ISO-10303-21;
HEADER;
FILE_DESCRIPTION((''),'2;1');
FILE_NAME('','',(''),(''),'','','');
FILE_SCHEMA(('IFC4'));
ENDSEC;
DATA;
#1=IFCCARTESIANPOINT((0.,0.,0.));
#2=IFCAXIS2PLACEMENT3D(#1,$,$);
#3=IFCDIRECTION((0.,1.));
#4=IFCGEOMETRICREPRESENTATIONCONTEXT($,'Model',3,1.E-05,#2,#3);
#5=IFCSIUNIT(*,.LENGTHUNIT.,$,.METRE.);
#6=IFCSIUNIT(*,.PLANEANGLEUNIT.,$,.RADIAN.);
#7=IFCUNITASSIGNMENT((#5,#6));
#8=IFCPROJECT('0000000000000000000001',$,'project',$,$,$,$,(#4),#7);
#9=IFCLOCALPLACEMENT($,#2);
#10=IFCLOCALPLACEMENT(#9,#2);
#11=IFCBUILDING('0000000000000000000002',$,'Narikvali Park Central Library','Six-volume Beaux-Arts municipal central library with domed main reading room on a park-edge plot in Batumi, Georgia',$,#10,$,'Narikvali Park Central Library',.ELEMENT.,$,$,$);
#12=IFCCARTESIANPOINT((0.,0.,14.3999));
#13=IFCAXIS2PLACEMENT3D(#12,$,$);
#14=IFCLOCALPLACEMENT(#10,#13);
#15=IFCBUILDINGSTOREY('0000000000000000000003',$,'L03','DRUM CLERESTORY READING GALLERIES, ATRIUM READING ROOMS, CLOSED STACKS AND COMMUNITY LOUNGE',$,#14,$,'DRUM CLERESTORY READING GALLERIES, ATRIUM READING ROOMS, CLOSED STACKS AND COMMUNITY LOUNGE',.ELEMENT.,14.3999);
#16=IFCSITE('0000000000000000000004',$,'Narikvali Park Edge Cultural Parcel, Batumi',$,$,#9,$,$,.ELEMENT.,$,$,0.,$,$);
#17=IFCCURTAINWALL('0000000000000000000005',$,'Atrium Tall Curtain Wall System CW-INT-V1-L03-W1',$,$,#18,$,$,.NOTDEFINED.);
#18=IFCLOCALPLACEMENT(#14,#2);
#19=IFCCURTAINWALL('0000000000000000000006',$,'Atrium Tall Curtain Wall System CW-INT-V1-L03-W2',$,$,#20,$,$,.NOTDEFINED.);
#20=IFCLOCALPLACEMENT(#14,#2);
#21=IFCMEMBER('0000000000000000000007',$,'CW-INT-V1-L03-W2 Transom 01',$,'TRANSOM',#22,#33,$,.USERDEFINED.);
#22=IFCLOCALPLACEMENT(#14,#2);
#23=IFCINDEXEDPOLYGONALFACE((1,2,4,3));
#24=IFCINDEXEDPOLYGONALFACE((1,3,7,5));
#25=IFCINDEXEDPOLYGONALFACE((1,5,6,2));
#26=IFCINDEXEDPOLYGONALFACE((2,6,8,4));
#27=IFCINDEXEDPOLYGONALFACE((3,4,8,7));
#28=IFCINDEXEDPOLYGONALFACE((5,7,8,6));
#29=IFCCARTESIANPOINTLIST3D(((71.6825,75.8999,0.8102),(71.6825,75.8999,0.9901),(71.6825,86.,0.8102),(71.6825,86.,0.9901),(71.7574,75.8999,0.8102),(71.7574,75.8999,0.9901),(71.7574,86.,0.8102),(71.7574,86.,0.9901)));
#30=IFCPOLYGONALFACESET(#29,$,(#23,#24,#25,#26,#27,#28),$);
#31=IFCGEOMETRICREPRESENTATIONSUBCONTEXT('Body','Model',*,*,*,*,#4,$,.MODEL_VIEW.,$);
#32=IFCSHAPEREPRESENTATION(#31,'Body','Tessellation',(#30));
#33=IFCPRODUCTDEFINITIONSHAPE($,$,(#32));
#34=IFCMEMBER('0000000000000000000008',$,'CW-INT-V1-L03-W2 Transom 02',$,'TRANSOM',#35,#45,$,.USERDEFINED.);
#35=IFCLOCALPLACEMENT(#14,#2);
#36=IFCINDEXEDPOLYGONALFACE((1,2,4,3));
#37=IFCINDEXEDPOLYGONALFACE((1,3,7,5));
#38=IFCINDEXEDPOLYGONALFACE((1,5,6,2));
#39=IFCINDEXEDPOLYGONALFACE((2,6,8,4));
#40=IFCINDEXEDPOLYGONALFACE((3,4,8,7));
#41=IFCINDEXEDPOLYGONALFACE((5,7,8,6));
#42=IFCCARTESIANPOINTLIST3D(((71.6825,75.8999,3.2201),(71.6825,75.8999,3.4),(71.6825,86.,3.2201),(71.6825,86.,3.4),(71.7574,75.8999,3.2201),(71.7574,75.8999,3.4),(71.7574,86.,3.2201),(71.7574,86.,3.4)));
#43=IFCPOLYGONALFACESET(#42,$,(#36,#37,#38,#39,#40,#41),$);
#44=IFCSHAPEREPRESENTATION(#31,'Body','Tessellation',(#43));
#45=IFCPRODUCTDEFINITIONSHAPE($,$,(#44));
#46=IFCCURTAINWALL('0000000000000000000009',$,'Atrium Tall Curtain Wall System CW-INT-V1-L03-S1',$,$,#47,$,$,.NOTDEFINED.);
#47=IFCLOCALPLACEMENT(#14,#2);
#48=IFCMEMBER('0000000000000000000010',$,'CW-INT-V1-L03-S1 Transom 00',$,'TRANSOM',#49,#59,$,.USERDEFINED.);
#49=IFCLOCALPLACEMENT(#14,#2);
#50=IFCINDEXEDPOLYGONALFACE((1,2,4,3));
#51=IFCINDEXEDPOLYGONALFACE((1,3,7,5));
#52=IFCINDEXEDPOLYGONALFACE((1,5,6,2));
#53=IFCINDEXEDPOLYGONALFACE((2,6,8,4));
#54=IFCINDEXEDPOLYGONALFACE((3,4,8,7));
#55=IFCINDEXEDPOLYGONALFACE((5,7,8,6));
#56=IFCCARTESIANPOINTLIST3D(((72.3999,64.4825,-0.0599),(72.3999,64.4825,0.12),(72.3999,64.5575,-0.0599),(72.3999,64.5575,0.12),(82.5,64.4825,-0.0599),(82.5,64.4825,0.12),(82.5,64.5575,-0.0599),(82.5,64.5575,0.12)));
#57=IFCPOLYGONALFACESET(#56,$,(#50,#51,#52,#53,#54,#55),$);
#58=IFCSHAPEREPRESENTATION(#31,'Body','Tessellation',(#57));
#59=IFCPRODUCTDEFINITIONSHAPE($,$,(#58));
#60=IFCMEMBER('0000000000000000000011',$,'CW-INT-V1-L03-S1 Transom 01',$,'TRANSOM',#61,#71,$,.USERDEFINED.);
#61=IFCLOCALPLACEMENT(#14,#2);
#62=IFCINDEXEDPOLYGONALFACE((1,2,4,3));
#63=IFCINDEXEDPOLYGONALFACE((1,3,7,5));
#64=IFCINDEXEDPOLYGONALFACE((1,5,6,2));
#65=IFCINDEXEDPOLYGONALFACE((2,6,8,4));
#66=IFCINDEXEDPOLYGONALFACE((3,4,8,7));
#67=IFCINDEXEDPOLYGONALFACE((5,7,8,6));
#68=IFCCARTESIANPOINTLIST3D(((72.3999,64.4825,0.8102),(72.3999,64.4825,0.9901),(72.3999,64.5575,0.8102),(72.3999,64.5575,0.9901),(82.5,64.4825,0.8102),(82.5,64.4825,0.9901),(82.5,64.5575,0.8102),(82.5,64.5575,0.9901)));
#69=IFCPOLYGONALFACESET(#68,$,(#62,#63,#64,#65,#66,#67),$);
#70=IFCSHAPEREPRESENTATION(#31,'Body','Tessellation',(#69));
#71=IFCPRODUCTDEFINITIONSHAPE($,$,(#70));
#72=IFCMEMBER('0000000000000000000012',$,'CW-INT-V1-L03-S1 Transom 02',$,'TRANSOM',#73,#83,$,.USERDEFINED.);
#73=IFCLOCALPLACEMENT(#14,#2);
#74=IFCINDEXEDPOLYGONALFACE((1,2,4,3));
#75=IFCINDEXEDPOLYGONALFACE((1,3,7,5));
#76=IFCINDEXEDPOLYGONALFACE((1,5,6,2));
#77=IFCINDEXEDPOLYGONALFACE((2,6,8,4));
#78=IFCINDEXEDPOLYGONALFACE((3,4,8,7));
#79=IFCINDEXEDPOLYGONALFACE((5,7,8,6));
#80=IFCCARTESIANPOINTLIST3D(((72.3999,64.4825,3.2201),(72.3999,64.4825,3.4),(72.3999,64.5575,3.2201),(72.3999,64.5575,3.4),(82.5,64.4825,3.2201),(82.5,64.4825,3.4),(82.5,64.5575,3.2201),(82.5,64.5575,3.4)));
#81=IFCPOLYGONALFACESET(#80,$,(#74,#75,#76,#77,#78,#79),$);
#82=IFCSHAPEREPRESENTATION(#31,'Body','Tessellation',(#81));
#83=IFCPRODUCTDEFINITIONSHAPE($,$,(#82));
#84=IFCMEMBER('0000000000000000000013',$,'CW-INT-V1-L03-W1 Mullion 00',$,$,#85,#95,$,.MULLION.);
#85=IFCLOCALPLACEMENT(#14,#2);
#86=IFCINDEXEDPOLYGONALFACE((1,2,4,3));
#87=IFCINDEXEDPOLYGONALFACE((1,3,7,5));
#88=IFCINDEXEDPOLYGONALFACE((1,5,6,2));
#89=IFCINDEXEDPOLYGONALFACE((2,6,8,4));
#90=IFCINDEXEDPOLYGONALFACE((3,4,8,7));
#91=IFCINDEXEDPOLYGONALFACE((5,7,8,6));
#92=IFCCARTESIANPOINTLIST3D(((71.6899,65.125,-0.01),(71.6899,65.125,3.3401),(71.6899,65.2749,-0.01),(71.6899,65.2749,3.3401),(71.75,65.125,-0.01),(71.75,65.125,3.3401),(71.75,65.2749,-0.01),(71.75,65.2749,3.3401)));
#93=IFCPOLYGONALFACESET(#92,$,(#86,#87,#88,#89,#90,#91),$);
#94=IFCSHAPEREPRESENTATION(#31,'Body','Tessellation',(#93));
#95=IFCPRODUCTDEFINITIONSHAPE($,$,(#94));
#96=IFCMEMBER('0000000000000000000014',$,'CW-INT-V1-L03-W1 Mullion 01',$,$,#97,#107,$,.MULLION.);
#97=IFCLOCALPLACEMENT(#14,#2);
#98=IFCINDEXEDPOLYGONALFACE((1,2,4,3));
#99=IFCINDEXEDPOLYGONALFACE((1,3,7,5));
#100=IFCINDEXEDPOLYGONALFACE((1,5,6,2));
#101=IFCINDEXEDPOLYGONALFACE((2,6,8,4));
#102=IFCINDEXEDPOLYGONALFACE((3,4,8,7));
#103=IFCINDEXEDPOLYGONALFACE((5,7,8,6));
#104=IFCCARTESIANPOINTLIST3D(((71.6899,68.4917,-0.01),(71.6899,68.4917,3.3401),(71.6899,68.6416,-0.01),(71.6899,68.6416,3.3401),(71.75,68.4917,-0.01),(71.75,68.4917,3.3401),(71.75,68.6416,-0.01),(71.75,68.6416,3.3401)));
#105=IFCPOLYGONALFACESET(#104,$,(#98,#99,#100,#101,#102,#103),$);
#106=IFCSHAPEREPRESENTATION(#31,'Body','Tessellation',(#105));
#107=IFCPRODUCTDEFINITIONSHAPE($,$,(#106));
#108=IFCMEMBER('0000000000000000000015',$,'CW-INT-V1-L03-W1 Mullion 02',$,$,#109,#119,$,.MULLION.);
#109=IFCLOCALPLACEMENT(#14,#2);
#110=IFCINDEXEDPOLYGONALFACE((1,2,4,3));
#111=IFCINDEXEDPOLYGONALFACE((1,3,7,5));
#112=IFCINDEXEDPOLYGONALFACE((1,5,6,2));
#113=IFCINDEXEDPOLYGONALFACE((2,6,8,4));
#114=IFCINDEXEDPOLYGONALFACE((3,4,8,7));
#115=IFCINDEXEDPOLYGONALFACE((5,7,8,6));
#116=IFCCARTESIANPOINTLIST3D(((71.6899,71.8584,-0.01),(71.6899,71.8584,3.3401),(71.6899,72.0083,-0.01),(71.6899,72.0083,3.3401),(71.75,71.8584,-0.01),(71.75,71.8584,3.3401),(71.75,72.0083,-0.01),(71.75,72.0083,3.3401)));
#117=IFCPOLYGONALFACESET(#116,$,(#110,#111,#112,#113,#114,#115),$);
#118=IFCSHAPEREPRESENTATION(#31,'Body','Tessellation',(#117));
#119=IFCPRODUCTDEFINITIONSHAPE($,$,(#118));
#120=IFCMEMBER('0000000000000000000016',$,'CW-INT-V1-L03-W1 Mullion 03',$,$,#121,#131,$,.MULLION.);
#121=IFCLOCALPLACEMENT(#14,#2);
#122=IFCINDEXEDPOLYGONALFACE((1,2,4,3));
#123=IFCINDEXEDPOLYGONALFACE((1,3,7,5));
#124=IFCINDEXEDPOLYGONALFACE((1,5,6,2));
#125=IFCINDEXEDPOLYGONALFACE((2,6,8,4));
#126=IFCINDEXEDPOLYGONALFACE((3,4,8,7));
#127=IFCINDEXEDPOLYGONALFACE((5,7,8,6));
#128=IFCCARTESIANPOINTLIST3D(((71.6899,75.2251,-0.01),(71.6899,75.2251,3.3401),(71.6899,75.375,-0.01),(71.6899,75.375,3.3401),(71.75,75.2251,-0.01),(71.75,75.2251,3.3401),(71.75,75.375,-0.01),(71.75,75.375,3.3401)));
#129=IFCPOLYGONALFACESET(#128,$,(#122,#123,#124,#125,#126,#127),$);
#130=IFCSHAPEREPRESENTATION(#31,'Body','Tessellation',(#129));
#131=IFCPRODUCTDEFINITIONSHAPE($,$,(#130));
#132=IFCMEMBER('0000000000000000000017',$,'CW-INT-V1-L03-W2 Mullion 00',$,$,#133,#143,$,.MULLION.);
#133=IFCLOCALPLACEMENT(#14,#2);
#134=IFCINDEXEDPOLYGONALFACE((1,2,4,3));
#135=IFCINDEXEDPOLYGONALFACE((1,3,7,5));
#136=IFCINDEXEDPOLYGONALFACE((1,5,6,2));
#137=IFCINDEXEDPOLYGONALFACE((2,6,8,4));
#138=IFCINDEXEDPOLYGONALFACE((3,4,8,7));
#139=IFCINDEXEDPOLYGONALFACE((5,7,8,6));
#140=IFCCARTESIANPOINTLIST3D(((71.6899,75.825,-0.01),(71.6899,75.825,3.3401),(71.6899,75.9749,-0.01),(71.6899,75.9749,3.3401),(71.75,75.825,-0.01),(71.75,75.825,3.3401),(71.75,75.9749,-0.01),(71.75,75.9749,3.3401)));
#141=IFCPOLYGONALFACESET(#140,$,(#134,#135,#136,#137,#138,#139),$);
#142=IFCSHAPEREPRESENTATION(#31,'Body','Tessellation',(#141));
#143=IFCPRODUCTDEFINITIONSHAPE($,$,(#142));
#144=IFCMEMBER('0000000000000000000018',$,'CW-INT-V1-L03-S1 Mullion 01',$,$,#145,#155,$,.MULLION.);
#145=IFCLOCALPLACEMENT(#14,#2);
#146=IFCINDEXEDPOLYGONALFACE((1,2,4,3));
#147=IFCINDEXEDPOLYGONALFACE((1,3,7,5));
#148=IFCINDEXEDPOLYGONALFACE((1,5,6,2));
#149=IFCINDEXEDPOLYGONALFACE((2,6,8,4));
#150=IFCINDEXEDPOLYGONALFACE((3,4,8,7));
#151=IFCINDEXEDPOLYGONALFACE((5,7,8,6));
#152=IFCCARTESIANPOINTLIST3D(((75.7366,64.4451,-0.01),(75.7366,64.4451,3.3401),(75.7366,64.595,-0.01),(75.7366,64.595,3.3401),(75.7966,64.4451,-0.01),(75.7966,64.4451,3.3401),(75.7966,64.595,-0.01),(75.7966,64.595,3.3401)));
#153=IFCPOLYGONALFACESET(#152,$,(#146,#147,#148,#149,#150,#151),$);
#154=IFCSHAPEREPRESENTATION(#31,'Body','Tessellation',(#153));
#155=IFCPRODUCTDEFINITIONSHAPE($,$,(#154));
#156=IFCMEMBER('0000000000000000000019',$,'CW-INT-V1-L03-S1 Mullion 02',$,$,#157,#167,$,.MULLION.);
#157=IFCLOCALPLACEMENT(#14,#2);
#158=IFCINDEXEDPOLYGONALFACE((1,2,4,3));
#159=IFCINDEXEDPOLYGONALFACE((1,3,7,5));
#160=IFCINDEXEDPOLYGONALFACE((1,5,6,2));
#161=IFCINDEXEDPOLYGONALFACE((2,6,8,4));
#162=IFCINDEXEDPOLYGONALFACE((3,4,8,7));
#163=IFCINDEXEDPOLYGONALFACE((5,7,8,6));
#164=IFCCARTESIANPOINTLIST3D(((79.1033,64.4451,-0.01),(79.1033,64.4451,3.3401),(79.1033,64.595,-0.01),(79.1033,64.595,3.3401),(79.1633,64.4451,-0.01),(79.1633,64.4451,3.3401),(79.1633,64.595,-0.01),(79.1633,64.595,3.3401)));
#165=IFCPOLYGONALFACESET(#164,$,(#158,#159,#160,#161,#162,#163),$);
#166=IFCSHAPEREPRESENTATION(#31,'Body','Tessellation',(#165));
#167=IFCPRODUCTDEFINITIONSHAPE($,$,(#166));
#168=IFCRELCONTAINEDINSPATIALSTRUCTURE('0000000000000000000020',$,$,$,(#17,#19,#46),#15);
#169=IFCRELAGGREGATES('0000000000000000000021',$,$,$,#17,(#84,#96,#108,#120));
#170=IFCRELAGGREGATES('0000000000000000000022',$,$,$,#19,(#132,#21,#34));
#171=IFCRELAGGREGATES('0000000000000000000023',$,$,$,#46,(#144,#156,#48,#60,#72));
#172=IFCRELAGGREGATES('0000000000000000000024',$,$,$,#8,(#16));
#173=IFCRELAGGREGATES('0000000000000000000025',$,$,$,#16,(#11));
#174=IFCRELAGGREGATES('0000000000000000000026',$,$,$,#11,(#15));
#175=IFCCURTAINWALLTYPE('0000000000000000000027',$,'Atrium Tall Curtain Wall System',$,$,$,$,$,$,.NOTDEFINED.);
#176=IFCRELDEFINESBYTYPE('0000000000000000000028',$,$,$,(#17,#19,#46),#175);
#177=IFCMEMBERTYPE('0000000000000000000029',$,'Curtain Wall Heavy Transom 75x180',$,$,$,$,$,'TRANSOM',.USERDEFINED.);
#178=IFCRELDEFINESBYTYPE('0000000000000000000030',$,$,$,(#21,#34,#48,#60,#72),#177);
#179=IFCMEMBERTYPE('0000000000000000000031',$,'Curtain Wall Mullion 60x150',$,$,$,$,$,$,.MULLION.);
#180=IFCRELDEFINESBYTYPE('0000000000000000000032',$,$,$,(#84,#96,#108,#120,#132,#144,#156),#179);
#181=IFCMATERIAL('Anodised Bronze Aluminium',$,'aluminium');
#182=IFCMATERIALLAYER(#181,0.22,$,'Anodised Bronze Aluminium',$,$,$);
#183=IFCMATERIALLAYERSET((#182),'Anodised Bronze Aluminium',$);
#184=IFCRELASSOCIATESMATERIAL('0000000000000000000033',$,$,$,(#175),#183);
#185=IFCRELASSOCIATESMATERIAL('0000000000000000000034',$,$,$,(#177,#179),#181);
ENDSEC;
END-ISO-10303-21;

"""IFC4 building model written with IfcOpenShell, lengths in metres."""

from ifc_helpers import new_model, si_unit, direction, frame, origin, origin_2d, place, context, subcontext, project, spatial, rectangle, extrude, material, layer, layer_set, material_profile, profile_set, type_object, element, aggregate, save


model = new_model("IFC4")

# Units and contexts
model_context = context("Model", 3, precision=1e-05, world=origin(), true_north=direction((0.0, 1.0)))
body_context = subcontext(model_context, "Body", "Model", "MODEL_VIEW")
ifc_project = project(units=[si_unit("LENGTHUNIT", "METRE"), si_unit("PLANEANGLEUNIT", "RADIAN")], contexts=[model_context])

# Site, building, storey
site_placement = place(None, origin())
site = spatial("IfcSite", under=ifc_project, at=site_placement, Name="Narikvali Park Edge Cultural Parcel, Batumi", CompositionType="ELEMENT", RefElevation=0.0)
building_placement = place(site_placement, origin())
building = spatial("IfcBuilding", under=site, at=building_placement, Name="Narikvali Park Central Library", Description="Six-volume Beaux-Arts municipal central library with domed main reading room on a park-edge plot in Batumi, Georgia", LongName="Narikvali Park Central Library", CompositionType="ELEMENT")
storey_placement = place(building_placement, frame((0.0, 0.0, 14.3999)))
storey = spatial("IfcBuildingStorey", under=building, at=storey_placement, Name="L03", Description="DRUM CLERESTORY READING GALLERIES, ATRIUM READING ROOMS, CLOSED STACKS AND COMMUNITY LOUNGE", LongName="DRUM CLERESTORY READING GALLERIES, ATRIUM READING ROOMS, CLOSED STACKS AND COMMUNITY LOUNGE", CompositionType="ELEMENT", Elevation=14.3999)

# Curtain walls, members
ifc_material_1 = material(Name="Anodised Bronze Aluminium", Category="aluminium")
ifc_layer_1 = layer(ifc_material_1, 0.22, Name="Anodised Bronze Aluminium")
ifc_layer_set_1 = layer_set([ifc_layer_1], Name="Anodised Bronze Aluminium")
curtain_wall_type = type_object("IfcCurtainWallType", Name="Atrium Tall Curtain Wall System", PredefinedType="NOTDEFINED", material=ifc_layer_set_1)
curtain_wall_1_placement = place(storey_placement, origin())
curtain_wall_1 = element("IfcCurtainWall", 1, at=curtain_wall_1_placement, inside=storey, type_object=curtain_wall_type, Name="Atrium Tall Curtain Wall System CW-INT-V1-L03-W1", PredefinedType="NOTDEFINED")
ifc_material_profile_1 = material_profile(ifc_material_1, rectangle(XDim=0.075, YDim=0.1799, at=origin_2d()), Name="CW TRANSOM 75x180")
ifc_profile_set_1 = profile_set([ifc_material_profile_1], Name="Anodised Bronze Aluminium")
member_type_1 = type_object("IfcMemberType", Name="Curtain Wall Heavy Transom 75x180", ElementType="TRANSOM", PredefinedType="USERDEFINED", material=ifc_profile_set_1)
curtain_wall_2_placement = place(storey_placement, origin())
curtain_wall_2 = element("IfcCurtainWall", 2, at=curtain_wall_2_placement, inside=storey, type_object=curtain_wall_type, Name="Atrium Tall Curtain Wall System CW-INT-V1-L03-W2", PredefinedType="NOTDEFINED")
member_1_placement = place(storey_placement, frame((71.72, 75.8999, 0.9001), z_axis=(0.0, 1.0, 0.0), x_axis=(-1.0, 0.0, 0.0)))
member_1 = element("IfcMember", 3, at=member_1_placement, type_object=member_type_1, Name="CW-INT-V1-L03-W2 Transom 01", ObjectType="TRANSOM", PredefinedType="USERDEFINED", context=body_context, shape_type="SweptSolid", body=[
    extrude(rectangle(XDim=0.075, YDim=0.1799, at=origin_2d()), origin(), (0.0, 0.0, 1.0), 10.1001),
])
member_2_placement = place(storey_placement, frame((71.72, 75.8999, 3.3101), z_axis=(0.0, 1.0, 0.0), x_axis=(-1.0, 0.0, 0.0)))
member_2 = element("IfcMember", 4, at=member_2_placement, type_object=member_type_1, Name="CW-INT-V1-L03-W2 Transom 02", ObjectType="TRANSOM", PredefinedType="USERDEFINED", context=body_context, shape_type="SweptSolid", body=[
    extrude(rectangle(XDim=0.075, YDim=0.1799, at=origin_2d()), origin(), (0.0, 0.0, 1.0), 10.1001),
])
curtain_wall_3_placement = place(storey_placement, origin())
curtain_wall_3 = element("IfcCurtainWall", 5, at=curtain_wall_3_placement, inside=storey, type_object=curtain_wall_type, Name="Atrium Tall Curtain Wall System CW-INT-V1-L03-S1", PredefinedType="NOTDEFINED")
member_3_placement = place(storey_placement, frame((72.3999, 64.52, 0.03), z_axis=(1.0, 0.0, 0.0), x_axis=(0.0, 1.0, 0.0)))
member_3 = element("IfcMember", 6, at=member_3_placement, type_object=member_type_1, Name="CW-INT-V1-L03-S1 Transom 00", ObjectType="TRANSOM", PredefinedType="USERDEFINED", context=body_context, shape_type="SweptSolid", body=[
    extrude(rectangle(XDim=0.075, YDim=0.1799, at=origin_2d()), origin(), (0.0, 0.0, 1.0), 10.1001),
])
member_4_placement = place(storey_placement, frame((72.3999, 64.52, 0.9001), z_axis=(1.0, 0.0, 0.0), x_axis=(0.0, 1.0, 0.0)))
member_4 = element("IfcMember", 7, at=member_4_placement, type_object=member_type_1, Name="CW-INT-V1-L03-S1 Transom 01", ObjectType="TRANSOM", PredefinedType="USERDEFINED", context=body_context, shape_type="SweptSolid", body=[
    extrude(rectangle(XDim=0.075, YDim=0.1799, at=origin_2d()), origin(), (0.0, 0.0, 1.0), 10.1001),
])
member_5_placement = place(storey_placement, frame((72.3999, 64.52, 3.3101), z_axis=(1.0, 0.0, 0.0), x_axis=(0.0, 1.0, 0.0)))
member_5 = element("IfcMember", 8, at=member_5_placement, type_object=member_type_1, Name="CW-INT-V1-L03-S1 Transom 02", ObjectType="TRANSOM", PredefinedType="USERDEFINED", context=body_context, shape_type="SweptSolid", body=[
    extrude(rectangle(XDim=0.075, YDim=0.1799, at=origin_2d()), origin(), (0.0, 0.0, 1.0), 10.1001),
])

# Members
ifc_material_profile_2 = material_profile(ifc_material_1, rectangle(XDim=0.0601, YDim=0.1499, at=origin_2d()), Name="CW MULLION 60x150")
ifc_profile_set_2 = profile_set([ifc_material_profile_2], Name="Anodised Bronze Aluminium")
member_type_2 = type_object("IfcMemberType", Name="Curtain Wall Mullion 60x150", PredefinedType="MULLION", material=ifc_profile_set_2)
member_6_placement = place(storey_placement, frame((71.72, 65.2, -0.01), z_axis=(0.0, 0.0, 1.0), x_axis=(1.0, 0.0, 0.0)))
member_6 = element("IfcMember", 9, at=member_6_placement, type_object=member_type_2, Name="CW-INT-V1-L03-W1 Mullion 00", PredefinedType="MULLION", context=body_context, shape_type="SweptSolid", body=[
    extrude(rectangle(XDim=0.0601, YDim=0.1499, at=origin_2d()), origin(), (0.0, 0.0, 1.0), 3.3501),
])
member_7_placement = place(storey_placement, frame((71.72, 68.5667, -0.01), z_axis=(0.0, 0.0, 1.0), x_axis=(1.0, 0.0, 0.0)))
member_7 = element("IfcMember", 10, at=member_7_placement, type_object=member_type_2, Name="CW-INT-V1-L03-W1 Mullion 01", PredefinedType="MULLION", context=body_context, shape_type="SweptSolid", body=[
    extrude(rectangle(XDim=0.0601, YDim=0.1499, at=origin_2d()), origin(), (0.0, 0.0, 1.0), 3.3501),
])
member_8_placement = place(storey_placement, frame((71.72, 71.9333, -0.01), z_axis=(0.0, 0.0, 1.0), x_axis=(1.0, 0.0, 0.0)))
member_8 = element("IfcMember", 11, at=member_8_placement, type_object=member_type_2, Name="CW-INT-V1-L03-W1 Mullion 02", PredefinedType="MULLION", context=body_context, shape_type="SweptSolid", body=[
    extrude(rectangle(XDim=0.0601, YDim=0.1499, at=origin_2d()), origin(), (0.0, 0.0, 1.0), 3.3501),
])
member_9_placement = place(storey_placement, frame((71.72, 75.3, -0.01), z_axis=(0.0, 0.0, 1.0), x_axis=(1.0, 0.0, 0.0)))
member_9 = element("IfcMember", 12, at=member_9_placement, type_object=member_type_2, Name="CW-INT-V1-L03-W1 Mullion 03", PredefinedType="MULLION", context=body_context, shape_type="SweptSolid", body=[
    extrude(rectangle(XDim=0.0601, YDim=0.1499, at=origin_2d()), origin(), (0.0, 0.0, 1.0), 3.3501),
])
member_10_placement = place(storey_placement, frame((71.72, 75.8999, -0.01), z_axis=(0.0, 0.0, 1.0), x_axis=(1.0, 0.0, 0.0)))
member_10 = element("IfcMember", 13, at=member_10_placement, type_object=member_type_2, Name="CW-INT-V1-L03-W2 Mullion 00", PredefinedType="MULLION", context=body_context, shape_type="SweptSolid", body=[
    extrude(rectangle(XDim=0.0601, YDim=0.1499, at=origin_2d()), origin(), (0.0, 0.0, 1.0), 3.3501),
])
member_11_placement = place(storey_placement, frame((75.7666, 64.52, -0.01), z_axis=(0.0, 0.0, 1.0), x_axis=(1.0, 0.0, 0.0)))
member_11 = element("IfcMember", 14, at=member_11_placement, type_object=member_type_2, Name="CW-INT-V1-L03-S1 Mullion 01", PredefinedType="MULLION", context=body_context, shape_type="SweptSolid", body=[
    extrude(rectangle(XDim=0.0601, YDim=0.1499, at=origin_2d()), origin(), (0.0, 0.0, 1.0), 3.3501),
])
member_12_placement = place(storey_placement, frame((79.1333, 64.52, -0.01), z_axis=(0.0, 0.0, 1.0), x_axis=(1.0, 0.0, 0.0)))
member_12 = element("IfcMember", 15, at=member_12_placement, type_object=member_type_2, Name="CW-INT-V1-L03-S1 Mullion 02", PredefinedType="MULLION", context=body_context, shape_type="SweptSolid", body=[
    extrude(rectangle(XDim=0.0601, YDim=0.1499, at=origin_2d()), origin(), (0.0, 0.0, 1.0), 3.3501),
])

aggregate(curtain_wall_1, [member_6, member_7, member_8, member_9])
aggregate(curtain_wall_2, [member_10, member_1, member_2])
aggregate(curtain_wall_3, [member_11, member_12, member_3, member_4, member_5])

save(model, "model.ifc")
